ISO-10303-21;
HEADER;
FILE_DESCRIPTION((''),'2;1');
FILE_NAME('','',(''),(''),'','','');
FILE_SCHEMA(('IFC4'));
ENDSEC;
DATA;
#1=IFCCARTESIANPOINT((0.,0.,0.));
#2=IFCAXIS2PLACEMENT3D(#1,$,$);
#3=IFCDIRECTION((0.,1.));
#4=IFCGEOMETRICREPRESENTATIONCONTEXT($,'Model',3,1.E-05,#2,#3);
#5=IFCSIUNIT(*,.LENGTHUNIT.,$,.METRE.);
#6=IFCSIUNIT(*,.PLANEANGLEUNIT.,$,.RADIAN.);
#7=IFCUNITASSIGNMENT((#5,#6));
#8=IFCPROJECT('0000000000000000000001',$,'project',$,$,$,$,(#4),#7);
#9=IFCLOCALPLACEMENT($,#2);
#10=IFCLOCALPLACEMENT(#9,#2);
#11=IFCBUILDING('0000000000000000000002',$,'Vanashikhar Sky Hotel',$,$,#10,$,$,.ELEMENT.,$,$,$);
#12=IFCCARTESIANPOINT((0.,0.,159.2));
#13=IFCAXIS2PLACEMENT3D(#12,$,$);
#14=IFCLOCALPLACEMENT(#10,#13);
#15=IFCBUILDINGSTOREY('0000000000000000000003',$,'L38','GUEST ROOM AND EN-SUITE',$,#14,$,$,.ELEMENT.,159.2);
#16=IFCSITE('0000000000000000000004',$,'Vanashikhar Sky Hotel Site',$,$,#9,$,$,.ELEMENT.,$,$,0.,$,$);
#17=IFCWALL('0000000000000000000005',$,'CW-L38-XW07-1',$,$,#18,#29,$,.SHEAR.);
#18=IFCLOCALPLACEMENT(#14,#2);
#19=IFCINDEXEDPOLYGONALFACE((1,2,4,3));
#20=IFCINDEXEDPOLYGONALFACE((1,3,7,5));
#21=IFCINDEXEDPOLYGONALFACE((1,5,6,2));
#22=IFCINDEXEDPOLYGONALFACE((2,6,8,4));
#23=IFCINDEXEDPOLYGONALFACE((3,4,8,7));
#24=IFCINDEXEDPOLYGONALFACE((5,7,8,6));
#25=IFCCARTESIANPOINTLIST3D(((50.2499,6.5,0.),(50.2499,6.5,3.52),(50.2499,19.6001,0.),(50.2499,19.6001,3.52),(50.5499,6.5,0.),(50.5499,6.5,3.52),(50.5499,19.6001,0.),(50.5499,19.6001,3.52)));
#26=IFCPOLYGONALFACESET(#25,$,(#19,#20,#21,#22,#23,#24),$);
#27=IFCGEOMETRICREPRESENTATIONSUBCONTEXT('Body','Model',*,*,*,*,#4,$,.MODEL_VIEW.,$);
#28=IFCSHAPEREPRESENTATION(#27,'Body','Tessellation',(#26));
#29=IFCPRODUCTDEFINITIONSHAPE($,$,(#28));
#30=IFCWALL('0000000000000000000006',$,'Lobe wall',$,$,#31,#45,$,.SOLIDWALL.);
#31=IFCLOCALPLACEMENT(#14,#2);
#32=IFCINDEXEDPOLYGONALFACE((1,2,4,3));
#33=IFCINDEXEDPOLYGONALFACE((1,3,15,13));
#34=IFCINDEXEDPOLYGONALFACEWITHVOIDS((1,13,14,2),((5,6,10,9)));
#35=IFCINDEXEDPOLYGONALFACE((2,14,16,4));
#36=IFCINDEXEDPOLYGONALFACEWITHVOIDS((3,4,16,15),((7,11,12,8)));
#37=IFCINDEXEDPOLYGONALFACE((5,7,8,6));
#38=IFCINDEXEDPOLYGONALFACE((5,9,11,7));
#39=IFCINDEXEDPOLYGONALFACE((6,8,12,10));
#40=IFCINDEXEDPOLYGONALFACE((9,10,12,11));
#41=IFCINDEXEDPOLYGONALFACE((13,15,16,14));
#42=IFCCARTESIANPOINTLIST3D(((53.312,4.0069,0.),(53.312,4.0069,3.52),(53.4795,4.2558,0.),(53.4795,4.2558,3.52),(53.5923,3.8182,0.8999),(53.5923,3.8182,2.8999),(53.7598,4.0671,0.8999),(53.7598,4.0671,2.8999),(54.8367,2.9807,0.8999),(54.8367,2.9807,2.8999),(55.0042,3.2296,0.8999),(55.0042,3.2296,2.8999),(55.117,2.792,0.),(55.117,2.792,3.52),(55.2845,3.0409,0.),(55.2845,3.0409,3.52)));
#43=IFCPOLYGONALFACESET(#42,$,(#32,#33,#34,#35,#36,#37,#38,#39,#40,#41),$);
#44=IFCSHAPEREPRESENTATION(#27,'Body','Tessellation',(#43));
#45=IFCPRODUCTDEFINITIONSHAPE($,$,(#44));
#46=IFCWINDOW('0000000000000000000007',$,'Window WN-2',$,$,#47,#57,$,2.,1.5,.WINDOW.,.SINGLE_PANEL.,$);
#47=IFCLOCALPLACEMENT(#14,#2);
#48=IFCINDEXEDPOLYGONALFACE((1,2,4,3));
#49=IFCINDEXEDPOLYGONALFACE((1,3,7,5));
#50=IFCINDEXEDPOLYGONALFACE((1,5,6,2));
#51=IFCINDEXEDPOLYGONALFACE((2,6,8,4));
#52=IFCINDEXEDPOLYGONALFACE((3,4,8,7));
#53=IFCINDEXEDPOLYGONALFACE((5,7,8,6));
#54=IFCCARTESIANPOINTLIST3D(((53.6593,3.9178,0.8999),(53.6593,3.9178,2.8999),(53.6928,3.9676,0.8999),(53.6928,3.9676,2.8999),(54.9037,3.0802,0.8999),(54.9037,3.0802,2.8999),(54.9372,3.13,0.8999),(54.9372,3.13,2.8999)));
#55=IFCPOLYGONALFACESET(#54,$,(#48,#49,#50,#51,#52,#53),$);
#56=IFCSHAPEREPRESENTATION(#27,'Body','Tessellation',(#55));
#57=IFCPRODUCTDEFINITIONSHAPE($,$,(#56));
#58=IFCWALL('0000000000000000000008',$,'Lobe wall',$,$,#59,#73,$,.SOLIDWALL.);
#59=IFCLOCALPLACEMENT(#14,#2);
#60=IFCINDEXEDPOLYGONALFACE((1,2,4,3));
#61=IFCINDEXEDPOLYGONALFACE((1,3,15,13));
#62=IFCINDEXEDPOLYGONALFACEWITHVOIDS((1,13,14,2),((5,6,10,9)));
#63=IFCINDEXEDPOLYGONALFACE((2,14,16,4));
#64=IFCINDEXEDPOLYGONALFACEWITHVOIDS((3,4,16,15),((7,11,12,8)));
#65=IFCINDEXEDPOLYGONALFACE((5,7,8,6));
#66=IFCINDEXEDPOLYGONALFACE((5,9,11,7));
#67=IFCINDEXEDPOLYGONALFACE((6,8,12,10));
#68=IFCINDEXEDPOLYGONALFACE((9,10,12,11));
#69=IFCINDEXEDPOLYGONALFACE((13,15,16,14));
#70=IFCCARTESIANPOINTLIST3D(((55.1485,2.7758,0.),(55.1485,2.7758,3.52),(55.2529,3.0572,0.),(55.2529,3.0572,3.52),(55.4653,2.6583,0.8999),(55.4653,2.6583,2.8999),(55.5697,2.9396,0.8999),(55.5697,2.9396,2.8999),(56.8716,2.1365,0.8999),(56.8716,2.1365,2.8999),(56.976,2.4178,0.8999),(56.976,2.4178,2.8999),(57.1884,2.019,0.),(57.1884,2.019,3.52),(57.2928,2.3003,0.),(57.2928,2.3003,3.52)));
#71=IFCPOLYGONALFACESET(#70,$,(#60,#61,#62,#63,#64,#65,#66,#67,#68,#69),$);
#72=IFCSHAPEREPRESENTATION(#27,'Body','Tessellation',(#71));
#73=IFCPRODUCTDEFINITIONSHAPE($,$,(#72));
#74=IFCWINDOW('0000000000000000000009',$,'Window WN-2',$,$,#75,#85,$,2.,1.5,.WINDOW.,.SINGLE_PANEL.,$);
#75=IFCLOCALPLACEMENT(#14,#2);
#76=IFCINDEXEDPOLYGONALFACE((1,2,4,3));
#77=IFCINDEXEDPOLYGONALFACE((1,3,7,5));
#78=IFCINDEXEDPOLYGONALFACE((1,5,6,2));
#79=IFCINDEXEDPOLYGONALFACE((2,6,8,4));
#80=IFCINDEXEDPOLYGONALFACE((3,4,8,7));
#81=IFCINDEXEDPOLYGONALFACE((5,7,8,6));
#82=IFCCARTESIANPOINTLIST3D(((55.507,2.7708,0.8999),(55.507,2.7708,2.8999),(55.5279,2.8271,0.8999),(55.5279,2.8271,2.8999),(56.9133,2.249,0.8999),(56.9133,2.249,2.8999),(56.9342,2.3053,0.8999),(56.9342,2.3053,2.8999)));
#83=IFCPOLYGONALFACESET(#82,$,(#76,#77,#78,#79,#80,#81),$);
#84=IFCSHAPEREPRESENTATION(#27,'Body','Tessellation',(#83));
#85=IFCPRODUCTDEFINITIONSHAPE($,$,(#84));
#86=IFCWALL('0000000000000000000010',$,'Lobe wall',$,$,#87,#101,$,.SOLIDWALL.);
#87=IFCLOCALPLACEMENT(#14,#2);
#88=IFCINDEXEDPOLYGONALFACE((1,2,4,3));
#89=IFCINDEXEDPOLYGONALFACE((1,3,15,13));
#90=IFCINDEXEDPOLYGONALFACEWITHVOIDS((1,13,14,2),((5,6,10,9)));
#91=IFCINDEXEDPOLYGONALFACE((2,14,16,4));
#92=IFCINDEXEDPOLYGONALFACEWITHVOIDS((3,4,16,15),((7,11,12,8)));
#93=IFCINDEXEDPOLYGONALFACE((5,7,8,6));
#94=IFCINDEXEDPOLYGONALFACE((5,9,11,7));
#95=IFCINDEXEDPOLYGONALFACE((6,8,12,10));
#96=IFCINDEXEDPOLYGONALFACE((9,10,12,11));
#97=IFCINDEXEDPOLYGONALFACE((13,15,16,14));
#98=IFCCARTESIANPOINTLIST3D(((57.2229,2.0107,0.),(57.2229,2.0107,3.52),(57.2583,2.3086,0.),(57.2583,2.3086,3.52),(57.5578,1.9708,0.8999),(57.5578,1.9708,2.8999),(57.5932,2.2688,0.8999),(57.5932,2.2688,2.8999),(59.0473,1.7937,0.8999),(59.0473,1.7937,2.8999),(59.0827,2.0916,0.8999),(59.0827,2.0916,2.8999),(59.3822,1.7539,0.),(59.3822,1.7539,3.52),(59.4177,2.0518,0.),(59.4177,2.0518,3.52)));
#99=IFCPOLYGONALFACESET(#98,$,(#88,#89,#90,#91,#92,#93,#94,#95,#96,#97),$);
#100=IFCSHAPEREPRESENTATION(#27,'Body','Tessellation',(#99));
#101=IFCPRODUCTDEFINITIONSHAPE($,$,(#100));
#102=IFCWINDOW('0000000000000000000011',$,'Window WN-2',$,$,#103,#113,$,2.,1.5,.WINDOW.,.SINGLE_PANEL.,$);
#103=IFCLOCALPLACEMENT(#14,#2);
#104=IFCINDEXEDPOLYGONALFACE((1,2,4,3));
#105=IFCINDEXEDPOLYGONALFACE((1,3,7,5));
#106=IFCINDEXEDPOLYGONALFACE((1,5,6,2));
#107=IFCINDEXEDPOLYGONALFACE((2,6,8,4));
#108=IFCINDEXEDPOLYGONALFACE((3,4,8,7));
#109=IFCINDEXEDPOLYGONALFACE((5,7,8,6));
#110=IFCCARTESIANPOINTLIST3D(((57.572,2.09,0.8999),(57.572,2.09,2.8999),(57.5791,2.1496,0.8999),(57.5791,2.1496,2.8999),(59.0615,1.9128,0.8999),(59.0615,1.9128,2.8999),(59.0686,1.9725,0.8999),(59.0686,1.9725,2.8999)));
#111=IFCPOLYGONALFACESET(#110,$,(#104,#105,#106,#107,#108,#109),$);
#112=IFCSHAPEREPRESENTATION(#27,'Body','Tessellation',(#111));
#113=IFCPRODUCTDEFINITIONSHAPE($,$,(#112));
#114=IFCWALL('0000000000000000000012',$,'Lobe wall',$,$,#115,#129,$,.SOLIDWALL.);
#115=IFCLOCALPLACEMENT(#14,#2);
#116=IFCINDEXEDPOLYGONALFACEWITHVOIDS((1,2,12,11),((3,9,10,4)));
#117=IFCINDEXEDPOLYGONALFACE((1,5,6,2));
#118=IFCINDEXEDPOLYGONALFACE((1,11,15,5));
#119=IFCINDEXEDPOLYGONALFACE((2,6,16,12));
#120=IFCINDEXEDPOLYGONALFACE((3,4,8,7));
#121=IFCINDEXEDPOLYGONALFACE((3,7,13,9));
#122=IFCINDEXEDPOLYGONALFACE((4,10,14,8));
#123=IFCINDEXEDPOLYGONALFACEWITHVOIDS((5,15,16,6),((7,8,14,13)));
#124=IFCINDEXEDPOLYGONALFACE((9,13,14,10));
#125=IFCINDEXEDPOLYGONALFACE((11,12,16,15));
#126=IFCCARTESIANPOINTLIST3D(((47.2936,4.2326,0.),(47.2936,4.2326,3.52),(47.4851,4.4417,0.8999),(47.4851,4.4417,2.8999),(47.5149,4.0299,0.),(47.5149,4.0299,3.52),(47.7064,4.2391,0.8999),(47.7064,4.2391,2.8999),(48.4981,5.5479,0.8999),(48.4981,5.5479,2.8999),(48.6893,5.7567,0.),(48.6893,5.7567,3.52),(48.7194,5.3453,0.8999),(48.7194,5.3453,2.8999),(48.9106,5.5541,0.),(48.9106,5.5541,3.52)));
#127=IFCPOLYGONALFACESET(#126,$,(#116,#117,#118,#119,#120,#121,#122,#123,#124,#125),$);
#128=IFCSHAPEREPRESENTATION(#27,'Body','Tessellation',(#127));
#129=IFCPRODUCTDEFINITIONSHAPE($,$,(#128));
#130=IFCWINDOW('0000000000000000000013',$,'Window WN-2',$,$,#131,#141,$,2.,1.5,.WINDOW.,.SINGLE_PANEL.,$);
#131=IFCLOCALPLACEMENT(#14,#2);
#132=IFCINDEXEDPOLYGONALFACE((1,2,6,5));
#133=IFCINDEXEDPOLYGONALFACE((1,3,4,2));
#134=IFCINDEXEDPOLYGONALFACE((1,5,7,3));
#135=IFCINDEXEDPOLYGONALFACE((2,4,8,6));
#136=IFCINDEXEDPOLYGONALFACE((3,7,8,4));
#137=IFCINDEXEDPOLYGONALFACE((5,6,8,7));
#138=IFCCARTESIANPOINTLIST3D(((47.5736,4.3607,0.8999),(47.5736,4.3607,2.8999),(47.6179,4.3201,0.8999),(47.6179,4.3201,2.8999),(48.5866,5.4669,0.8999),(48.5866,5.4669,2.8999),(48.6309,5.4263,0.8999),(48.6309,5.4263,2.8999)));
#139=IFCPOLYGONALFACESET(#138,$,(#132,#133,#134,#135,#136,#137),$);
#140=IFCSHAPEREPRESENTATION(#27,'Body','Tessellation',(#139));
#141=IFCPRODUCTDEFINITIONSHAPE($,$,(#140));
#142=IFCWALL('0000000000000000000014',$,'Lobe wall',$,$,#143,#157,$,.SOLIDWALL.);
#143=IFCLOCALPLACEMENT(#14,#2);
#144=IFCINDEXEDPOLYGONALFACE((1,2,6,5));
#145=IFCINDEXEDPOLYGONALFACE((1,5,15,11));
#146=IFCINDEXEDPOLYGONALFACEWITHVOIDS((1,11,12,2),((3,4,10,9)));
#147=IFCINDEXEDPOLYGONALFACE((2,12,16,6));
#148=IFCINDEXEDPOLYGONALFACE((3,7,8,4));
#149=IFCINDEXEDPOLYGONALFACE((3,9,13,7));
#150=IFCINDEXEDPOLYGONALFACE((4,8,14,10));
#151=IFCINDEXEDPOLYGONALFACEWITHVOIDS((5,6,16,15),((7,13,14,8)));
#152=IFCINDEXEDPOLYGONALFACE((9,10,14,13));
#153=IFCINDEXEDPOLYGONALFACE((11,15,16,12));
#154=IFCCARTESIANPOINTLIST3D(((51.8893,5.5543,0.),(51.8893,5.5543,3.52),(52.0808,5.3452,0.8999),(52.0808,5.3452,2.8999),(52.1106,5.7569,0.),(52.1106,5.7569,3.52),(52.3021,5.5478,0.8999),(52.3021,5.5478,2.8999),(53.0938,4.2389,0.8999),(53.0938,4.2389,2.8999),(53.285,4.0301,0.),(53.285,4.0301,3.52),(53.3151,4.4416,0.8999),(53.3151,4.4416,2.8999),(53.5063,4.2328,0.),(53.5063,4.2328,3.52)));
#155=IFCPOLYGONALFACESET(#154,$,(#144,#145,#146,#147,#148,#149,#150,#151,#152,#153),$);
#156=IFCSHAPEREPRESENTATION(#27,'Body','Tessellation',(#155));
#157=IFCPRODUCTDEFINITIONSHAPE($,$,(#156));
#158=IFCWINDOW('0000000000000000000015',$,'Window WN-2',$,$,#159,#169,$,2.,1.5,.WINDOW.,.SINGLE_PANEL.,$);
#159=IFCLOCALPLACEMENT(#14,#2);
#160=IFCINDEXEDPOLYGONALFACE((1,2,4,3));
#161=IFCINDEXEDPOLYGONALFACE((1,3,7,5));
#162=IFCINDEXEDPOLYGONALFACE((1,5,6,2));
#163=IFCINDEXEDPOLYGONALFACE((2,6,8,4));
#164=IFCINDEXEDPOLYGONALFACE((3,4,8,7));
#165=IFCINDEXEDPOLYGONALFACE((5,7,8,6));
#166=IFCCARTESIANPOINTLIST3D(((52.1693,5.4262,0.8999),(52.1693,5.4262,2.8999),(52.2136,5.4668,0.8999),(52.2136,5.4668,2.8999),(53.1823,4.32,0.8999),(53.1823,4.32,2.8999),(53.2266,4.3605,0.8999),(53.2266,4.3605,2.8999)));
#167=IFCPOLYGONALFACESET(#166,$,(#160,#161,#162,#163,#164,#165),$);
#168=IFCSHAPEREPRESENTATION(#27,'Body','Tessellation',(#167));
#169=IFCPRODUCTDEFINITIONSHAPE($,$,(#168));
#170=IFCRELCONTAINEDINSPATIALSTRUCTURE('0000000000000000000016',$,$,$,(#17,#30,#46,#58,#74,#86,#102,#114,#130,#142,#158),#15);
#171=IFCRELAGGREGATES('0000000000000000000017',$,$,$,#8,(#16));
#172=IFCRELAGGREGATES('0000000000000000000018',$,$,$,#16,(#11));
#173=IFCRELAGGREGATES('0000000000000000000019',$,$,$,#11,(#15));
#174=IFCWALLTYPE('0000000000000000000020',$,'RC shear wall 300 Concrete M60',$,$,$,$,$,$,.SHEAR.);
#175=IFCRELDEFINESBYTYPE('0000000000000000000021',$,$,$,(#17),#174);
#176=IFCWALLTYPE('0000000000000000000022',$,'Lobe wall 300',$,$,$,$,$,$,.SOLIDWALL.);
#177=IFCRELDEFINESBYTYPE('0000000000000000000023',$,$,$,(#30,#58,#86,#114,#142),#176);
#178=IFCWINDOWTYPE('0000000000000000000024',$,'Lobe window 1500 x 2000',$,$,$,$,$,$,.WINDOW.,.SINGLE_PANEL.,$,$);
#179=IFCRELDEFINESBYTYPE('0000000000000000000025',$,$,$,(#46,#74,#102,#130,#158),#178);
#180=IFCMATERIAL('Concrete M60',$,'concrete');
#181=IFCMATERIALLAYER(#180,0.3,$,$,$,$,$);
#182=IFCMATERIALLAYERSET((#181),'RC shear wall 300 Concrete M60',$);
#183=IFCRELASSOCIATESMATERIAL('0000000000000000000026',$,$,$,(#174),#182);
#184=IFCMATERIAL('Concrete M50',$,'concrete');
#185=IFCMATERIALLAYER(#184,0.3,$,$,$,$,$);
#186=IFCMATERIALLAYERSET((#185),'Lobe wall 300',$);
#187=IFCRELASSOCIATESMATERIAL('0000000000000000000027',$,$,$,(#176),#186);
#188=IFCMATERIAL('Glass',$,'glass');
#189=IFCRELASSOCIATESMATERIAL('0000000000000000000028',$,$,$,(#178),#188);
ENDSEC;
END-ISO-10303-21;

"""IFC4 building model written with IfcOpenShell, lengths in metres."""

from ifc_helpers import new_model, si_unit, direction, frame, frame_2d, origin, place, context, subcontext, project, spatial, rectangle, extrude, source, transform, mapped, material, layer, layer_set, type_object, element, fill, save


model = new_model("IFC4")

# Units and contexts
model_context = context("Model", 3, precision=1e-05, world=origin(), true_north=direction((0.0, 1.0)))
body_context = subcontext(model_context, "Body", "Model", "MODEL_VIEW")
ifc_project = project(units=[si_unit("LENGTHUNIT", "METRE"), si_unit("PLANEANGLEUNIT", "RADIAN")], contexts=[model_context])

# Site, building, storey
site_placement = place(None, origin())
site = spatial("IfcSite", under=ifc_project, at=site_placement, Name="Vanashikhar Sky Hotel Site", CompositionType="ELEMENT", RefElevation=0.0)
building_placement = place(site_placement, origin())
building = spatial("IfcBuilding", under=site, at=building_placement, Name="Vanashikhar Sky Hotel", CompositionType="ELEMENT")
storey_placement = place(building_placement, frame((0.0, 0.0, 159.2)))
storey = spatial("IfcBuildingStorey", under=building, at=storey_placement, Name="L38", Description="GUEST ROOM AND EN-SUITE", CompositionType="ELEMENT", Elevation=159.2)

# Wall
ifc_material_1 = material(Name="Concrete M60", Category="concrete")
ifc_layer_1 = layer(ifc_material_1, 0.3)
ifc_layer_set_1 = layer_set([ifc_layer_1], Name="RC shear wall 300 Concrete M60")
wall_type_1 = type_object("IfcWallType", Name="RC shear wall 300 Concrete M60", PredefinedType="SHEAR", material=ifc_layer_set_1)
shared_shape_1 = source(origin(), body_context, "Body", "SweptSolid", [
    extrude(rectangle(XDim=13.1001, YDim=0.3, at=frame_2d((6.55, 0.0))), origin(), (0.0, 0.0, 1.0), 3.52),
])
wall_1_placement = place(storey_placement, frame((50.3999, 6.5, 0.0), z_axis=(0.0, 0.0, 1.0), x_axis=(0.0, 1.0, 0.0)))
element("IfcWall", 1, at=wall_1_placement, inside=storey, type_object=wall_type_1, Name="CW-L38-XW07-1", PredefinedType="SHEAR", context=body_context, shape_type="MappedRepresentation", body=[
    mapped(shared_shape_1, transform((0.0, 0.0, 0.0), scale=1.0)),
])

# Walls, openings, windows
ifc_material_2 = material(Name="Concrete M50", Category="concrete")
ifc_layer_2 = layer(ifc_material_2, 0.3)
ifc_layer_set_2 = layer_set([ifc_layer_2], Name="Lobe wall 300")
wall_type_2 = type_object("IfcWallType", Name="Lobe wall 300", PredefinedType="SOLIDWALL", material=ifc_layer_set_2)
shared_shape_2 = source(origin(), body_context, "Body", "SweptSolid", [
    extrude(rectangle(XDim=2.1758, YDim=0.3, at=frame_2d((1.0879, 0.0))), origin(), (0.0, 0.0, 1.0), 3.52),
])
wall_2_placement = place(storey_placement, frame((53.3958, 4.1313, 0.0), z_axis=(0.0, 0.0, 1.0), x_axis=(0.829591, -0.558372, 0.0)))
wall_2 = element("IfcWall", 2, at=wall_2_placement, inside=storey, type_object=wall_type_2, Name="Lobe wall", PredefinedType="SOLIDWALL", context=body_context, shape_type="MappedRepresentation", body=[
    mapped(shared_shape_2, transform((0.0, 0.0, 0.0), scale=1.0)),
])
shared_shape_3 = source(origin(), body_context, "Body", "SweptSolid", [
    extrude(rectangle(XDim=1.5, YDim=2.0, at=frame_2d((0.75, 1.0))), frame((0.0, 0.1602, 0.0), z_axis=(0.0, -1.0, 0.0), x_axis=(1.0, 0.0, 0.0)), (0.0, 0.0, 1.0), 0.3201),
])
opening_1_placement = place(wall_2_placement, frame((0.3379, 0.0, 0.8999)))
opening_1 = element("IfcOpeningElement", 3, at=opening_1_placement, cuts=wall_2, PredefinedType="OPENING", context=body_context, shape_type="MappedRepresentation", body=[
    mapped(shared_shape_3, transform((0.0, 0.0, 0.0), scale=1.0)),
])
ifc_material_3 = material(Name="Glass", Category="glass")
window_type = type_object("IfcWindowType", Name="Lobe window 1500 x 2000", PartitioningType="SINGLE_PANEL", PredefinedType="WINDOW", material=ifc_material_3)
shared_shape_4 = source(origin(), body_context, "Body", "SweptSolid", [
    extrude(rectangle(XDim=1.5, YDim=2.0, at=frame_2d((0.75, 1.0))), frame((0.0, 0.03, 0.0), z_axis=(0.0, -1.0, 0.0), x_axis=(1.0, 0.0, 0.0)), (0.0, 0.0, 1.0), 0.0601),
])
window_1_placement = place(opening_1_placement, origin())
window_1 = element("IfcWindow", 4, at=window_1_placement, inside=storey, type_object=window_type, Name="Window WN-2", OverallHeight=2.0, OverallWidth=1.5, PartitioningType="SINGLE_PANEL", PredefinedType="WINDOW", context=body_context, shape_type="MappedRepresentation", body=[
    mapped(shared_shape_4, transform((0.0, 0.0, 0.0), scale=1.0)),
])
fill(opening_1, window_1)
wall_3_placement = place(storey_placement, frame((55.2007, 2.9165, 0.0), z_axis=(0.0, 0.0, 1.0), x_axis=(0.937546, -0.347863, 0.0)))
wall_3 = element("IfcWall", 5, at=wall_3_placement, inside=storey, type_object=wall_type_2, Name="Lobe wall", PredefinedType="SOLIDWALL", context=body_context, shape_type="MappedRepresentation", body=[
    mapped(shared_shape_2, transform((0.0, 0.0, 0.0), scale=1.0)),
])
opening_2_placement = place(wall_3_placement, frame((0.3379, 0.0, 0.8999)))
opening_2 = element("IfcOpeningElement", 6, at=opening_2_placement, cuts=wall_3, PredefinedType="OPENING", context=body_context, shape_type="MappedRepresentation", body=[
    mapped(shared_shape_3, transform((0.0, 0.0, 0.0), scale=1.0)),
])
window_2_placement = place(opening_2_placement, origin())
window_2 = element("IfcWindow", 7, at=window_2_placement, inside=storey, type_object=window_type, Name="Window WN-2", OverallHeight=2.0, OverallWidth=1.5, PartitioningType="SINGLE_PANEL", PredefinedType="WINDOW", context=body_context, shape_type="MappedRepresentation", body=[
    mapped(shared_shape_4, transform((0.0, 0.0, 0.0), scale=1.0)),
])
fill(opening_2, window_2)
shared_shape_5 = source(origin(), body_context, "Body", "SweptSolid", [
    extrude(rectangle(XDim=2.1746, YDim=0.3, at=frame_2d((1.0874, 0.0))), origin(), (0.0, 0.0, 1.0), 3.52),
])
wall_4_placement = place(storey_placement, frame((57.2405, 2.1597, 0.0), z_axis=(0.0, 0.0, 1.0), x_axis=(0.993001, -0.118105, 0.0)))
wall_4 = element("IfcWall", 8, at=wall_4_placement, inside=storey, type_object=wall_type_2, Name="Lobe wall", PredefinedType="SOLIDWALL", context=body_context, shape_type="MappedRepresentation", body=[
    mapped(shared_shape_5, transform((0.0, 0.0, 0.0), scale=1.0)),
])
opening_3_placement = place(wall_4_placement, frame((0.3374, 0.0, 0.8999)))
opening_3 = element("IfcOpeningElement", 9, at=opening_3_placement, cuts=wall_4, PredefinedType="OPENING", context=body_context, shape_type="MappedRepresentation", body=[
    mapped(shared_shape_3, transform((0.0, 0.0, 0.0), scale=1.0)),
])
window_3_placement = place(opening_3_placement, origin())
window_3 = element("IfcWindow", 10, at=window_3_placement, inside=storey, type_object=window_type, Name="Window WN-2", OverallHeight=2.0, OverallWidth=1.5, PartitioningType="SINGLE_PANEL", PredefinedType="WINDOW", context=body_context, shape_type="MappedRepresentation", body=[
    mapped(shared_shape_4, transform((0.0, 0.0, 0.0), scale=1.0)),
])
fill(opening_3, window_3)
shared_shape_6 = source(origin(), body_context, "Body", "SweptSolid", [
    extrude(rectangle(XDim=2.0667, YDim=0.3, at=frame_2d((1.0332, 0.0))), origin(), (0.0, 0.0, 1.0), 3.52),
])
wall_5_placement = place(storey_placement, frame((47.4043, 4.1313, 0.0), z_axis=(0.0, 0.0, 1.0), x_axis=(0.675355, 0.737492, 0.0)))
wall_5 = element("IfcWall", 11, at=wall_5_placement, inside=storey, type_object=wall_type_2, Name="Lobe wall", PredefinedType="SOLIDWALL", context=body_context, shape_type="MappedRepresentation", body=[
    mapped(shared_shape_6, transform((0.0, 0.0, 0.0), scale=1.0)),
])
opening_4_placement = place(wall_5_placement, frame((0.2834, 0.0, 0.8999)))
opening_4 = element("IfcOpeningElement", 12, at=opening_4_placement, cuts=wall_5, PredefinedType="OPENING", context=body_context, shape_type="MappedRepresentation", body=[
    mapped(shared_shape_3, transform((0.0, 0.0, 0.0), scale=1.0)),
])
window_4_placement = place(opening_4_placement, origin())
window_4 = element("IfcWindow", 13, at=window_4_placement, inside=storey, type_object=window_type, Name="Window WN-2", OverallHeight=2.0, OverallWidth=1.5, PartitioningType="SINGLE_PANEL", PredefinedType="WINDOW", context=body_context, shape_type="MappedRepresentation", body=[
    mapped(shared_shape_4, transform((0.0, 0.0, 0.0), scale=1.0)),
])
fill(opening_4, window_4)
wall_6_placement = place(storey_placement, frame((52.0, 5.6555, 0.0), z_axis=(0.0, 0.0, 1.0), x_axis=(0.675355, -0.737492, 0.0)))
wall_6 = element("IfcWall", 14, at=wall_6_placement, inside=storey, type_object=wall_type_2, Name="Lobe wall", PredefinedType="SOLIDWALL", context=body_context, shape_type="MappedRepresentation", body=[
    mapped(shared_shape_6, transform((0.0, 0.0, 0.0), scale=1.0)),
])
opening_5_placement = place(wall_6_placement, frame((0.2834, 0.0, 0.8999)))
opening_5 = element("IfcOpeningElement", 15, at=opening_5_placement, cuts=wall_6, PredefinedType="OPENING", context=body_context, shape_type="MappedRepresentation", body=[
    mapped(shared_shape_3, transform((0.0, 0.0, 0.0), scale=1.0)),
])
window_5_placement = place(opening_5_placement, origin())
window_5 = element("IfcWindow", 16, at=window_5_placement, inside=storey, type_object=window_type, Name="Window WN-2", OverallHeight=2.0, OverallWidth=1.5, PartitioningType="SINGLE_PANEL", PredefinedType="WINDOW", context=body_context, shape_type="MappedRepresentation", body=[
    mapped(shared_shape_4, transform((0.0, 0.0, 0.0), scale=1.0)),
])
fill(opening_5, window_5)

save(model, "model.ifc")
